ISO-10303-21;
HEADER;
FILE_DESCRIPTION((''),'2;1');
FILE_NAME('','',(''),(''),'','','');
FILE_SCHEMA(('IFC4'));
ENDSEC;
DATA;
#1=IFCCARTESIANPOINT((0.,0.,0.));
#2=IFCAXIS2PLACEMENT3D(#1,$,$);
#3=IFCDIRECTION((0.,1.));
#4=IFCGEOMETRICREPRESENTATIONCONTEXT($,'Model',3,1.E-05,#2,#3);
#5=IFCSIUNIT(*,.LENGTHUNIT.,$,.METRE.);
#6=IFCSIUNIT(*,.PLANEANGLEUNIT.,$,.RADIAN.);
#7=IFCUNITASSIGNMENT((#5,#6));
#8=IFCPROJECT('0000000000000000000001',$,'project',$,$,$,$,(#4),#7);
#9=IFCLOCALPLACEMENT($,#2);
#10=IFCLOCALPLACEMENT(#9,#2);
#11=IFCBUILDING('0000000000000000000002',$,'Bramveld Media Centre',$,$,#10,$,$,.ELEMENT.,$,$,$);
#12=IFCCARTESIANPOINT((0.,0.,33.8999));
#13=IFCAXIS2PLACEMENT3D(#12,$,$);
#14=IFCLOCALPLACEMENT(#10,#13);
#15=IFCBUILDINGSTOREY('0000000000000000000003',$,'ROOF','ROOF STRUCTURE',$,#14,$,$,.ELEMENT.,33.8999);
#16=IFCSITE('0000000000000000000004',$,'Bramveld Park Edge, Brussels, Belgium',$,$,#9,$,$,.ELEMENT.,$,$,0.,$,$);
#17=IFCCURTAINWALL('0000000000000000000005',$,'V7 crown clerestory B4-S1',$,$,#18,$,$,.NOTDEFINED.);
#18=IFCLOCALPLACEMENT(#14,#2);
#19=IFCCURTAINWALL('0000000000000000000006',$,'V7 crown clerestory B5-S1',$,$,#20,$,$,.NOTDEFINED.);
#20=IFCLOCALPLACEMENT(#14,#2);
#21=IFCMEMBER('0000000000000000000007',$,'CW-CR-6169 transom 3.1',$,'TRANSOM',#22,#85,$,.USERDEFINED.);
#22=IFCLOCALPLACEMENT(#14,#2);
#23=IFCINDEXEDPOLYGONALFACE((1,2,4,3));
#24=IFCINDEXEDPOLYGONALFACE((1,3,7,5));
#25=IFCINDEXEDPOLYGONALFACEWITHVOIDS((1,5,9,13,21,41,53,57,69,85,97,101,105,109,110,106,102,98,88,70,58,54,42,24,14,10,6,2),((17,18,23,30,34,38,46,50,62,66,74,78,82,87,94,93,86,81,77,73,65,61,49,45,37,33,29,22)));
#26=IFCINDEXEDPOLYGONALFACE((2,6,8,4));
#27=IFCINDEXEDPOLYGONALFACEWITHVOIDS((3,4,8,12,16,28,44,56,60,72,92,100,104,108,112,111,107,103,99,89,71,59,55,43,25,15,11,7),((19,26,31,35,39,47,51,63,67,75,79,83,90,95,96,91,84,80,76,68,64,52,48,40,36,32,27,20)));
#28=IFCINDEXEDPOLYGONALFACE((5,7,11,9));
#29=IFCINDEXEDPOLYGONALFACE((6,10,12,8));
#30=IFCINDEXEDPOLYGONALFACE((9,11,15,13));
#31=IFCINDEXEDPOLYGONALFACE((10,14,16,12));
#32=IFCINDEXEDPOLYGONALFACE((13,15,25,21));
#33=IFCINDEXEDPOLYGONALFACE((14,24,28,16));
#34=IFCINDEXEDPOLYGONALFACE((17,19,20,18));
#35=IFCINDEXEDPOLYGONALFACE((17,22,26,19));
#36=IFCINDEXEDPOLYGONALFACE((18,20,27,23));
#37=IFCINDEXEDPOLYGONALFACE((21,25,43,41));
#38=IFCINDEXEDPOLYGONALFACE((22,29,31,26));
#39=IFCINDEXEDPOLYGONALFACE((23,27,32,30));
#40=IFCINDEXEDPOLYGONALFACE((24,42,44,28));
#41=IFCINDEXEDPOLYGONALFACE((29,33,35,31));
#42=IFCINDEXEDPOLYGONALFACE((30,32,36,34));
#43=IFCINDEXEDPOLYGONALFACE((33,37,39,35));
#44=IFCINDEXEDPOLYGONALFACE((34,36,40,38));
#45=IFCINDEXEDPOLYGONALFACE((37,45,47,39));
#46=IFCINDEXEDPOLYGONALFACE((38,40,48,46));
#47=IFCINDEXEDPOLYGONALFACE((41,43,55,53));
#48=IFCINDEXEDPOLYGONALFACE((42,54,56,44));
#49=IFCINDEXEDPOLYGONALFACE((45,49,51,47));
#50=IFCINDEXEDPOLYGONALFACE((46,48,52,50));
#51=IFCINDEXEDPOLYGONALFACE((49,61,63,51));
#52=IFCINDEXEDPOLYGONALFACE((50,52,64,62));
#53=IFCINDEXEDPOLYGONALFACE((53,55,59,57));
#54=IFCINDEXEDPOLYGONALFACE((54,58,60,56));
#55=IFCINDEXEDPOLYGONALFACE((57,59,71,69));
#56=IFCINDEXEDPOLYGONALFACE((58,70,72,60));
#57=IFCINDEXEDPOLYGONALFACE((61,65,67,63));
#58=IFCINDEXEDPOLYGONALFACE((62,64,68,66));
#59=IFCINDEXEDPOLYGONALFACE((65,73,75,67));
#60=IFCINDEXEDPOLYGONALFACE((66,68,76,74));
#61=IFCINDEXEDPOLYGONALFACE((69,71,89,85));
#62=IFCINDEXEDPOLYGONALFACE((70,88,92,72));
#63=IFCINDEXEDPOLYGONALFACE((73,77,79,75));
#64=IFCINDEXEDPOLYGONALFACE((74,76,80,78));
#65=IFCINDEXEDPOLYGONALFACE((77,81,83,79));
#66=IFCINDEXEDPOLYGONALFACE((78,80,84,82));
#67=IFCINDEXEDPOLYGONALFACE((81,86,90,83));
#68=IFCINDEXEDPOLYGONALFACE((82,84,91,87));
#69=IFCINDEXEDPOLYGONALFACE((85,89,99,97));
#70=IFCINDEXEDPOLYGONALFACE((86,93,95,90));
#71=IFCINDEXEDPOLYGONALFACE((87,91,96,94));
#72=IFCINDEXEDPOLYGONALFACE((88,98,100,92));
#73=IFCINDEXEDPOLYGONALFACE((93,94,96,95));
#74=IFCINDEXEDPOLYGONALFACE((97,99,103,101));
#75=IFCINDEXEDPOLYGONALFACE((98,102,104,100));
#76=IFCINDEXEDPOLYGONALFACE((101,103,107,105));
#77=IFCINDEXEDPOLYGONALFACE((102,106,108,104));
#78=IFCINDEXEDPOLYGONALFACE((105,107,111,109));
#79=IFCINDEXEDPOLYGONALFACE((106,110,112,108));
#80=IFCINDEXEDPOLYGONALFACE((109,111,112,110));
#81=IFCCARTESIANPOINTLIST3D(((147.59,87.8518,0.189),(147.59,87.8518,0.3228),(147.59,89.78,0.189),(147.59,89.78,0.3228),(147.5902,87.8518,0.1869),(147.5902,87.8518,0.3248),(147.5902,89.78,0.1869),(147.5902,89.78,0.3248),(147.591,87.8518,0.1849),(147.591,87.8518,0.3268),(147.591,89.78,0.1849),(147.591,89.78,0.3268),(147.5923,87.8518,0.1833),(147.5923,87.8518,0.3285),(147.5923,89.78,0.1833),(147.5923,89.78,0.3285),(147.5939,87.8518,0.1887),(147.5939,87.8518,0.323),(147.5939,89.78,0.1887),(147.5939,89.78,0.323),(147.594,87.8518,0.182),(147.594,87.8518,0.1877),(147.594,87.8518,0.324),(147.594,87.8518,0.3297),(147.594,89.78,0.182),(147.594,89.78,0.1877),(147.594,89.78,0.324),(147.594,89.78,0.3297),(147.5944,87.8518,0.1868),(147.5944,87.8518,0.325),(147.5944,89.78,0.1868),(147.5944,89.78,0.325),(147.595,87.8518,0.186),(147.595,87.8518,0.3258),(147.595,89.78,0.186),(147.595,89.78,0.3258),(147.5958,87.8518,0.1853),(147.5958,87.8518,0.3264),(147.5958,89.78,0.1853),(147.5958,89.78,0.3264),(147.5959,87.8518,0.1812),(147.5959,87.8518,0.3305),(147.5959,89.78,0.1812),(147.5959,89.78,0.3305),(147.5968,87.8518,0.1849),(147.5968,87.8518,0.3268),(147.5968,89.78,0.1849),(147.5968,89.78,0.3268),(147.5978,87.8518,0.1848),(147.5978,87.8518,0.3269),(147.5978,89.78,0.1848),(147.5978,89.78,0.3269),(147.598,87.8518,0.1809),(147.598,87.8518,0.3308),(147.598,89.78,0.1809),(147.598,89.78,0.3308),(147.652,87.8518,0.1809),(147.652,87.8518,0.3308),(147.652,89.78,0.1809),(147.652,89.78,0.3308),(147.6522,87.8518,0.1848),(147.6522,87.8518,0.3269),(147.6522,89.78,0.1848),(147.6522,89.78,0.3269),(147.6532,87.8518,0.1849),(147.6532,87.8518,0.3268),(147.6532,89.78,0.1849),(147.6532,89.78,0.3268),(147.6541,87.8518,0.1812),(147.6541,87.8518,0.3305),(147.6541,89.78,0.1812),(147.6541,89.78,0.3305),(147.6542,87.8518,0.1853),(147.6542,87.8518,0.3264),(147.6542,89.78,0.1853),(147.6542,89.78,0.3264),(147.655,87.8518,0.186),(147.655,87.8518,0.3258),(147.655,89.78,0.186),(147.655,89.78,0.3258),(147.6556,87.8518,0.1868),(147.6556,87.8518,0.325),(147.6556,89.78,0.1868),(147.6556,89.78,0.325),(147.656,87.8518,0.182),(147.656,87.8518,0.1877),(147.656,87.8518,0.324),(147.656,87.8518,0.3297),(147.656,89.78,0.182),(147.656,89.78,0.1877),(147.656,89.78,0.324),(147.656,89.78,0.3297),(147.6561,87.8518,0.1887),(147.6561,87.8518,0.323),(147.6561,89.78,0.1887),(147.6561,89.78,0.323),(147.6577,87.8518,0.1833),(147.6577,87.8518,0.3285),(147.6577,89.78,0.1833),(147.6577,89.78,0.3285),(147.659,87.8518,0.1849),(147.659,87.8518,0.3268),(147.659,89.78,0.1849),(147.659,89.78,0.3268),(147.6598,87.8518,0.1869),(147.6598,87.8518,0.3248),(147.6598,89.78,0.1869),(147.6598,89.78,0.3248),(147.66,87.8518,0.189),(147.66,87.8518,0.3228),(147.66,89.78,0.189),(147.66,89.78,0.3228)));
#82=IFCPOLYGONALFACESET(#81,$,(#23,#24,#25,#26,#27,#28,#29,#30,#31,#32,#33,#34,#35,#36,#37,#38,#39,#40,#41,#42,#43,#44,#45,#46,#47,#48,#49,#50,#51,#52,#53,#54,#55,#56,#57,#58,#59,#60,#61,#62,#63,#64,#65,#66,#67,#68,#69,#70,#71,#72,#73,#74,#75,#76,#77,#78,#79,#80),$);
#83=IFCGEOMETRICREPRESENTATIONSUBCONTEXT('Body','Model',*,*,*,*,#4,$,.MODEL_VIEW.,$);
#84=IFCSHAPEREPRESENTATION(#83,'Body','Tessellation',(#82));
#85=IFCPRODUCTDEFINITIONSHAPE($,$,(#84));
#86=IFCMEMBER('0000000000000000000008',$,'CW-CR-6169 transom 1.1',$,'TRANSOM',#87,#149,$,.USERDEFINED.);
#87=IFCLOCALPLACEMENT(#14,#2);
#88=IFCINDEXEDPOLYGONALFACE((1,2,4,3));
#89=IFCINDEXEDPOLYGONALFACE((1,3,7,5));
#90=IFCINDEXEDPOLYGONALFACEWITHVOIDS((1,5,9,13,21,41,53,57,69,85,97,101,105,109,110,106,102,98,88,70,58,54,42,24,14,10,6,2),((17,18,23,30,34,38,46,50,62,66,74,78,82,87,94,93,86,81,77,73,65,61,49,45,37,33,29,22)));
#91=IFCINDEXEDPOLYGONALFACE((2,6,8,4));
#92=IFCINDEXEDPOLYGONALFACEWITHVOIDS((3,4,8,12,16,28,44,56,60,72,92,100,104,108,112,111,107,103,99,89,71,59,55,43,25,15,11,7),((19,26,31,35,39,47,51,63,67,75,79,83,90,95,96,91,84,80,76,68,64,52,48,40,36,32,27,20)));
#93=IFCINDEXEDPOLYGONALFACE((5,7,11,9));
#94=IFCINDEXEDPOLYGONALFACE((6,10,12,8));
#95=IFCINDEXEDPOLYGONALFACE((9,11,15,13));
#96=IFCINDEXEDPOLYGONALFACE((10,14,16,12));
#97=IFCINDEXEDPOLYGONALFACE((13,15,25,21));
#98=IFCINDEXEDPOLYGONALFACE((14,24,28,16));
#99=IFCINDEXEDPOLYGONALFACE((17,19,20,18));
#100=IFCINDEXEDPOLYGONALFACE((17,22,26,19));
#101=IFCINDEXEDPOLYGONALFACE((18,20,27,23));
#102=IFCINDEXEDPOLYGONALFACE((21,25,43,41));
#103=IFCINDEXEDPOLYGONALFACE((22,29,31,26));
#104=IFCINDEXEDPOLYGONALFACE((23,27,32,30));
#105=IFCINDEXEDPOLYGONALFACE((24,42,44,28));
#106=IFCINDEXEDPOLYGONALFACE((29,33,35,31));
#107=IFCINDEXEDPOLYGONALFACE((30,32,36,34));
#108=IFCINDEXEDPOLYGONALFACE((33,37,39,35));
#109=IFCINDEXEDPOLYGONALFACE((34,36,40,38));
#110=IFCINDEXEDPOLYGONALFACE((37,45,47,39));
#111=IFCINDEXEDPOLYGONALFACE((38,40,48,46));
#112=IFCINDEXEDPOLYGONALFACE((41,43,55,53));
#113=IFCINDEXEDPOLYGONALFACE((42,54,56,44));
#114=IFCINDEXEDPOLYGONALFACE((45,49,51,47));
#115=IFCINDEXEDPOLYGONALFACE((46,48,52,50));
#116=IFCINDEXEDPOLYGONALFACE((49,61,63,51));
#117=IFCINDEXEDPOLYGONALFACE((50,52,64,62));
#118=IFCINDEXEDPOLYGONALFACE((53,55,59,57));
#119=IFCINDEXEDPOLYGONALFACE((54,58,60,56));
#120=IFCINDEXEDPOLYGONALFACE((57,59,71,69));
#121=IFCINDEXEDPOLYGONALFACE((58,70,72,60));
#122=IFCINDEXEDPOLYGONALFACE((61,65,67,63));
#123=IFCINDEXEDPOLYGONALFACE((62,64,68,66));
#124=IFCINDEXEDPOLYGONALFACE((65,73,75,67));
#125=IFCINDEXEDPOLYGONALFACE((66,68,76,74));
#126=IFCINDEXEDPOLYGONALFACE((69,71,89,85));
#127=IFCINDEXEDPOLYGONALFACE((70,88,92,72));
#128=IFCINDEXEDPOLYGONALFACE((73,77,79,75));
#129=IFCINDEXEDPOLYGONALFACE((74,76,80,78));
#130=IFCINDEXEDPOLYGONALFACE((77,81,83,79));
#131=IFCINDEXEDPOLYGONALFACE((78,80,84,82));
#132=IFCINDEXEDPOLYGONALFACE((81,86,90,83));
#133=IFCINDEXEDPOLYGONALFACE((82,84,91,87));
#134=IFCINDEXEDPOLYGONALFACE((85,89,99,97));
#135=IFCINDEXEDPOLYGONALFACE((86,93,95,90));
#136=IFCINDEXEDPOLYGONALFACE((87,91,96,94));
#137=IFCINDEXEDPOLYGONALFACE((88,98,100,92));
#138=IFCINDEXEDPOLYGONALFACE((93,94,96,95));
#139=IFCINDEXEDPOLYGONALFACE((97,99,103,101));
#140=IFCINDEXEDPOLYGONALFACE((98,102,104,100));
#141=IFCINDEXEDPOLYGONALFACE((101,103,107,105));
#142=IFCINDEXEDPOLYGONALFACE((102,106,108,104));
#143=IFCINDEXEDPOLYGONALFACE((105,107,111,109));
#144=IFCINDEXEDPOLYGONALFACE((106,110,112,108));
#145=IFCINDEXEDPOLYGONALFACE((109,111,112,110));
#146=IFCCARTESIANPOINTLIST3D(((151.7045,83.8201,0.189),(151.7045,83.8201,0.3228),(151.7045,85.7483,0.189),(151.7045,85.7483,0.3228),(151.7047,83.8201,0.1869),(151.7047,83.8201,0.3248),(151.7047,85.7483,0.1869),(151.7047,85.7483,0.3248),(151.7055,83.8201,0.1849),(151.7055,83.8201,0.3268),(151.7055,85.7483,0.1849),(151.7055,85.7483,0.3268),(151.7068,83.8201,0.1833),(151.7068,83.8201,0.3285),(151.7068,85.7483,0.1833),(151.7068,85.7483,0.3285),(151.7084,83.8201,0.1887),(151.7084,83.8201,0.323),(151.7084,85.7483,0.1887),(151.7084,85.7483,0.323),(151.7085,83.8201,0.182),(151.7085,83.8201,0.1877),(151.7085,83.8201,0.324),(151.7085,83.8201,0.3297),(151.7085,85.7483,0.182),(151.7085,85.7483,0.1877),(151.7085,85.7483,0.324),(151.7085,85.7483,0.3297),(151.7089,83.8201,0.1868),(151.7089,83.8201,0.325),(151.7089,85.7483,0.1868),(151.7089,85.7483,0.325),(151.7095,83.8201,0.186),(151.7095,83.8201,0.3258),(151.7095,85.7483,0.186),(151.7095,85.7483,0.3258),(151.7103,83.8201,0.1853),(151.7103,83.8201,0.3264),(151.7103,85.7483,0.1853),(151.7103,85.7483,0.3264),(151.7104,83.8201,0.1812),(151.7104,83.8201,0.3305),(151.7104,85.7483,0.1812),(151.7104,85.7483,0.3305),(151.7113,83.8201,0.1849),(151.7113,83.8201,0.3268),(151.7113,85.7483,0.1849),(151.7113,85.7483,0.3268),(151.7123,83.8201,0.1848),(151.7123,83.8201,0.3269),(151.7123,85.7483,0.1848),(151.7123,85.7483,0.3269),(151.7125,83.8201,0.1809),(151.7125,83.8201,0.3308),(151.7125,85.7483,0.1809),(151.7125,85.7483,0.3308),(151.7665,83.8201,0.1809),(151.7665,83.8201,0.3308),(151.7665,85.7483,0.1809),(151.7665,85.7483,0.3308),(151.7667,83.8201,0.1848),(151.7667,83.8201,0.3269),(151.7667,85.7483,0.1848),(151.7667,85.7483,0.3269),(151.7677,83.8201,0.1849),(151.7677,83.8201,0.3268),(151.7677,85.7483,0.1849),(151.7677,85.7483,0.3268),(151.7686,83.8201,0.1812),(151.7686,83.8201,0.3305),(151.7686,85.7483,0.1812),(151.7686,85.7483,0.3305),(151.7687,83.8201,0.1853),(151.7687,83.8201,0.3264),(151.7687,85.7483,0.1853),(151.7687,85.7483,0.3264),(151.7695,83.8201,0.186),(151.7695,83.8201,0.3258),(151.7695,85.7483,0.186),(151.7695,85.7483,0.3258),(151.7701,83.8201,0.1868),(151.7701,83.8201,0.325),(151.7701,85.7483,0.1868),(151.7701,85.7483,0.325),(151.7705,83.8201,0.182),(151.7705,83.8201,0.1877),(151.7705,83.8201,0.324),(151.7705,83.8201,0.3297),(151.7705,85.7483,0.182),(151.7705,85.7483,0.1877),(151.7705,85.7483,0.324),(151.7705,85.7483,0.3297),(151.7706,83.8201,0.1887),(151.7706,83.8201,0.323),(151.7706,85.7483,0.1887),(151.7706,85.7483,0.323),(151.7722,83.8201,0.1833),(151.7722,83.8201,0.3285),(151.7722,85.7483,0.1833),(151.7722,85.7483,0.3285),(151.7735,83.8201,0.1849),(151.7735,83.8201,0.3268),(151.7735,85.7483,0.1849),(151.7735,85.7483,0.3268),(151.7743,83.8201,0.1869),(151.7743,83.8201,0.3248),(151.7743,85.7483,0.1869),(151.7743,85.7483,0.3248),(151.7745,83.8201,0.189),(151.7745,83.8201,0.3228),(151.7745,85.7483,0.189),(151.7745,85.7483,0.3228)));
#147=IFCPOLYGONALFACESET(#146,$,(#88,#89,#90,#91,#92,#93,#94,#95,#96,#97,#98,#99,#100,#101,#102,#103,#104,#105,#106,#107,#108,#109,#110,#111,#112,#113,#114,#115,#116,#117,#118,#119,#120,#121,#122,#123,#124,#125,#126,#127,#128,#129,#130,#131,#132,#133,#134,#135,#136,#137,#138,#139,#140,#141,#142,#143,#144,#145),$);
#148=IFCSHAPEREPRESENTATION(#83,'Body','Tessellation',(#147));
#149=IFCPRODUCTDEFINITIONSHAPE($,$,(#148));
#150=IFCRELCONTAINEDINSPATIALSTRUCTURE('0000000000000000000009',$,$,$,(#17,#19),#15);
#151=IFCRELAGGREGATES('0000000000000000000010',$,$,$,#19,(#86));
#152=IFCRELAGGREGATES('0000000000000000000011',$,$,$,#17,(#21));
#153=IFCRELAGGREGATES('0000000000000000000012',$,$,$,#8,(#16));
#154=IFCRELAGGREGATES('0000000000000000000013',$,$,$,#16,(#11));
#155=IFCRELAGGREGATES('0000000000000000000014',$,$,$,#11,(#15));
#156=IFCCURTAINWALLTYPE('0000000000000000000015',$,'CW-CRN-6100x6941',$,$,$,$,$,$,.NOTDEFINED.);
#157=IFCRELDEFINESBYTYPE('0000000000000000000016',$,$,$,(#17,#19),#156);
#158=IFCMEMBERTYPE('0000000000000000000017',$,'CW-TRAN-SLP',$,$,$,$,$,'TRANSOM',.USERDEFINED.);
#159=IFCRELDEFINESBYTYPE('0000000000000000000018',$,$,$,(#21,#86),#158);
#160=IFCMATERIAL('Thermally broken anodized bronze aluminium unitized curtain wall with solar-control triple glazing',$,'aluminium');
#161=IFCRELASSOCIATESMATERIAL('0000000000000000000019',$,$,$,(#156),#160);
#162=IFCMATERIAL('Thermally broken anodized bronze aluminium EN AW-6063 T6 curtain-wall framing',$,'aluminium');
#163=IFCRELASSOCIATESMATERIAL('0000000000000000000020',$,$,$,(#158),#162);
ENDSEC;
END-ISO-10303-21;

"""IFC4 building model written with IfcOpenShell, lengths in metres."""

from ifc_helpers import new_model, si_unit, direction, frame, origin, origin_2d, place, context, subcontext, project, spatial, hollow_rectangle, extrude, material, material_profile, profile_set, type_object, element, aggregate, save


model = new_model("IFC4")

# Units and contexts
model_context = context("Model", 3, precision=1e-05, world=origin(), true_north=direction((0.0, 1.0)))
body_context = subcontext(model_context, "Body", "Model", "MODEL_VIEW")
ifc_project = project(units=[si_unit("LENGTHUNIT", "METRE"), si_unit("PLANEANGLEUNIT", "RADIAN")], contexts=[model_context])

# Site, building, storey
site_placement = place(None, origin())
site = spatial("IfcSite", under=ifc_project, at=site_placement, Name="Bramveld Park Edge, Brussels, Belgium", CompositionType="ELEMENT", RefElevation=0.0)
building_placement = place(site_placement, origin())
building = spatial("IfcBuilding", under=site, at=building_placement, Name="Bramveld Media Centre", CompositionType="ELEMENT")
storey_placement = place(building_placement, frame((0.0, 0.0, 33.8999)))
storey = spatial("IfcBuildingStorey", under=building, at=storey_placement, Name="ROOF", Description="ROOF STRUCTURE", CompositionType="ELEMENT", Elevation=33.8999)

# Curtain walls
ifc_material_1 = material(Name="Thermally broken anodized bronze aluminium unitized curtain wall with solar-control triple glazing", Category="aluminium")
curtain_wall_type = type_object("IfcCurtainWallType", Name="CW-CRN-6100x6941", PredefinedType="NOTDEFINED", material=ifc_material_1)
curtain_wall_1_placement = place(storey_placement, origin())
curtain_wall_1 = element("IfcCurtainWall", 1, at=curtain_wall_1_placement, inside=storey, type_object=curtain_wall_type, Name="V7 crown clerestory B4-S1", PredefinedType="NOTDEFINED")
curtain_wall_2_placement = place(storey_placement, origin())
curtain_wall_2 = element("IfcCurtainWall", 2, at=curtain_wall_2_placement, inside=storey, type_object=curtain_wall_type, Name="V7 crown clerestory B5-S1", PredefinedType="NOTDEFINED")

# Members
ifc_material_2 = material(Name="Thermally broken anodized bronze aluminium EN AW-6063 T6 curtain-wall framing", Category="aluminium")
ifc_material_profile_1 = material_profile(ifc_material_2, hollow_rectangle(XDim=0.0701, YDim=0.1499, WallThickness=0.0039, InnerFilletRadius=0.0039, OuterFilletRadius=0.0081, at=origin_2d()), Name="AL-TRAN 70x150")
ifc_profile_set_1 = profile_set([ifc_material_profile_1], Name="Thermally broken anodized bronze aluminium EN AW-6063 T6 curtain-wall framing")
member_type_1 = type_object("IfcMemberType", Name="CW-TRAN-SLP", ElementType="TRANSOM", PredefinedType="USERDEFINED", material=ifc_profile_set_1)
member_1_placement = place(storey_placement, frame((147.625, 87.8518, 0.2559), z_axis=(0.0, 1.0, 0.0), x_axis=(-1.0, 0.0, 0.0)))
member_1 = element("IfcMember", 3, at=member_1_placement, type_object=member_type_1, Name="CW-CR-6169 transom 3.1", ObjectType="TRANSOM", PredefinedType="USERDEFINED", context=body_context, shape_type="SweptSolid", body=[
    extrude(hollow_rectangle(XDim=0.0701, YDim=0.1499, WallThickness=0.0039, InnerFilletRadius=0.0039, OuterFilletRadius=0.0081, at=origin_2d()), origin(), (0.0, 0.0, 1.0), 1.9282),
])
member_2_placement = place(storey_placement, frame((151.7395, 83.8201, 0.2559), z_axis=(0.0, 1.0, 0.0), x_axis=(-1.0, 0.0, 0.0)))
member_2 = element("IfcMember", 4, at=member_2_placement, type_object=member_type_1, Name="CW-CR-6169 transom 1.1", ObjectType="TRANSOM", PredefinedType="USERDEFINED", context=body_context, shape_type="SweptSolid", body=[
    extrude(hollow_rectangle(XDim=0.0701, YDim=0.1499, WallThickness=0.0039, InnerFilletRadius=0.0039, OuterFilletRadius=0.0081, at=origin_2d()), origin(), (0.0, 0.0, 1.0), 1.9282),
])
aggregate(curtain_wall_2, [member_2])

aggregate(curtain_wall_1, [member_1])

save(model, "model.ifc")
